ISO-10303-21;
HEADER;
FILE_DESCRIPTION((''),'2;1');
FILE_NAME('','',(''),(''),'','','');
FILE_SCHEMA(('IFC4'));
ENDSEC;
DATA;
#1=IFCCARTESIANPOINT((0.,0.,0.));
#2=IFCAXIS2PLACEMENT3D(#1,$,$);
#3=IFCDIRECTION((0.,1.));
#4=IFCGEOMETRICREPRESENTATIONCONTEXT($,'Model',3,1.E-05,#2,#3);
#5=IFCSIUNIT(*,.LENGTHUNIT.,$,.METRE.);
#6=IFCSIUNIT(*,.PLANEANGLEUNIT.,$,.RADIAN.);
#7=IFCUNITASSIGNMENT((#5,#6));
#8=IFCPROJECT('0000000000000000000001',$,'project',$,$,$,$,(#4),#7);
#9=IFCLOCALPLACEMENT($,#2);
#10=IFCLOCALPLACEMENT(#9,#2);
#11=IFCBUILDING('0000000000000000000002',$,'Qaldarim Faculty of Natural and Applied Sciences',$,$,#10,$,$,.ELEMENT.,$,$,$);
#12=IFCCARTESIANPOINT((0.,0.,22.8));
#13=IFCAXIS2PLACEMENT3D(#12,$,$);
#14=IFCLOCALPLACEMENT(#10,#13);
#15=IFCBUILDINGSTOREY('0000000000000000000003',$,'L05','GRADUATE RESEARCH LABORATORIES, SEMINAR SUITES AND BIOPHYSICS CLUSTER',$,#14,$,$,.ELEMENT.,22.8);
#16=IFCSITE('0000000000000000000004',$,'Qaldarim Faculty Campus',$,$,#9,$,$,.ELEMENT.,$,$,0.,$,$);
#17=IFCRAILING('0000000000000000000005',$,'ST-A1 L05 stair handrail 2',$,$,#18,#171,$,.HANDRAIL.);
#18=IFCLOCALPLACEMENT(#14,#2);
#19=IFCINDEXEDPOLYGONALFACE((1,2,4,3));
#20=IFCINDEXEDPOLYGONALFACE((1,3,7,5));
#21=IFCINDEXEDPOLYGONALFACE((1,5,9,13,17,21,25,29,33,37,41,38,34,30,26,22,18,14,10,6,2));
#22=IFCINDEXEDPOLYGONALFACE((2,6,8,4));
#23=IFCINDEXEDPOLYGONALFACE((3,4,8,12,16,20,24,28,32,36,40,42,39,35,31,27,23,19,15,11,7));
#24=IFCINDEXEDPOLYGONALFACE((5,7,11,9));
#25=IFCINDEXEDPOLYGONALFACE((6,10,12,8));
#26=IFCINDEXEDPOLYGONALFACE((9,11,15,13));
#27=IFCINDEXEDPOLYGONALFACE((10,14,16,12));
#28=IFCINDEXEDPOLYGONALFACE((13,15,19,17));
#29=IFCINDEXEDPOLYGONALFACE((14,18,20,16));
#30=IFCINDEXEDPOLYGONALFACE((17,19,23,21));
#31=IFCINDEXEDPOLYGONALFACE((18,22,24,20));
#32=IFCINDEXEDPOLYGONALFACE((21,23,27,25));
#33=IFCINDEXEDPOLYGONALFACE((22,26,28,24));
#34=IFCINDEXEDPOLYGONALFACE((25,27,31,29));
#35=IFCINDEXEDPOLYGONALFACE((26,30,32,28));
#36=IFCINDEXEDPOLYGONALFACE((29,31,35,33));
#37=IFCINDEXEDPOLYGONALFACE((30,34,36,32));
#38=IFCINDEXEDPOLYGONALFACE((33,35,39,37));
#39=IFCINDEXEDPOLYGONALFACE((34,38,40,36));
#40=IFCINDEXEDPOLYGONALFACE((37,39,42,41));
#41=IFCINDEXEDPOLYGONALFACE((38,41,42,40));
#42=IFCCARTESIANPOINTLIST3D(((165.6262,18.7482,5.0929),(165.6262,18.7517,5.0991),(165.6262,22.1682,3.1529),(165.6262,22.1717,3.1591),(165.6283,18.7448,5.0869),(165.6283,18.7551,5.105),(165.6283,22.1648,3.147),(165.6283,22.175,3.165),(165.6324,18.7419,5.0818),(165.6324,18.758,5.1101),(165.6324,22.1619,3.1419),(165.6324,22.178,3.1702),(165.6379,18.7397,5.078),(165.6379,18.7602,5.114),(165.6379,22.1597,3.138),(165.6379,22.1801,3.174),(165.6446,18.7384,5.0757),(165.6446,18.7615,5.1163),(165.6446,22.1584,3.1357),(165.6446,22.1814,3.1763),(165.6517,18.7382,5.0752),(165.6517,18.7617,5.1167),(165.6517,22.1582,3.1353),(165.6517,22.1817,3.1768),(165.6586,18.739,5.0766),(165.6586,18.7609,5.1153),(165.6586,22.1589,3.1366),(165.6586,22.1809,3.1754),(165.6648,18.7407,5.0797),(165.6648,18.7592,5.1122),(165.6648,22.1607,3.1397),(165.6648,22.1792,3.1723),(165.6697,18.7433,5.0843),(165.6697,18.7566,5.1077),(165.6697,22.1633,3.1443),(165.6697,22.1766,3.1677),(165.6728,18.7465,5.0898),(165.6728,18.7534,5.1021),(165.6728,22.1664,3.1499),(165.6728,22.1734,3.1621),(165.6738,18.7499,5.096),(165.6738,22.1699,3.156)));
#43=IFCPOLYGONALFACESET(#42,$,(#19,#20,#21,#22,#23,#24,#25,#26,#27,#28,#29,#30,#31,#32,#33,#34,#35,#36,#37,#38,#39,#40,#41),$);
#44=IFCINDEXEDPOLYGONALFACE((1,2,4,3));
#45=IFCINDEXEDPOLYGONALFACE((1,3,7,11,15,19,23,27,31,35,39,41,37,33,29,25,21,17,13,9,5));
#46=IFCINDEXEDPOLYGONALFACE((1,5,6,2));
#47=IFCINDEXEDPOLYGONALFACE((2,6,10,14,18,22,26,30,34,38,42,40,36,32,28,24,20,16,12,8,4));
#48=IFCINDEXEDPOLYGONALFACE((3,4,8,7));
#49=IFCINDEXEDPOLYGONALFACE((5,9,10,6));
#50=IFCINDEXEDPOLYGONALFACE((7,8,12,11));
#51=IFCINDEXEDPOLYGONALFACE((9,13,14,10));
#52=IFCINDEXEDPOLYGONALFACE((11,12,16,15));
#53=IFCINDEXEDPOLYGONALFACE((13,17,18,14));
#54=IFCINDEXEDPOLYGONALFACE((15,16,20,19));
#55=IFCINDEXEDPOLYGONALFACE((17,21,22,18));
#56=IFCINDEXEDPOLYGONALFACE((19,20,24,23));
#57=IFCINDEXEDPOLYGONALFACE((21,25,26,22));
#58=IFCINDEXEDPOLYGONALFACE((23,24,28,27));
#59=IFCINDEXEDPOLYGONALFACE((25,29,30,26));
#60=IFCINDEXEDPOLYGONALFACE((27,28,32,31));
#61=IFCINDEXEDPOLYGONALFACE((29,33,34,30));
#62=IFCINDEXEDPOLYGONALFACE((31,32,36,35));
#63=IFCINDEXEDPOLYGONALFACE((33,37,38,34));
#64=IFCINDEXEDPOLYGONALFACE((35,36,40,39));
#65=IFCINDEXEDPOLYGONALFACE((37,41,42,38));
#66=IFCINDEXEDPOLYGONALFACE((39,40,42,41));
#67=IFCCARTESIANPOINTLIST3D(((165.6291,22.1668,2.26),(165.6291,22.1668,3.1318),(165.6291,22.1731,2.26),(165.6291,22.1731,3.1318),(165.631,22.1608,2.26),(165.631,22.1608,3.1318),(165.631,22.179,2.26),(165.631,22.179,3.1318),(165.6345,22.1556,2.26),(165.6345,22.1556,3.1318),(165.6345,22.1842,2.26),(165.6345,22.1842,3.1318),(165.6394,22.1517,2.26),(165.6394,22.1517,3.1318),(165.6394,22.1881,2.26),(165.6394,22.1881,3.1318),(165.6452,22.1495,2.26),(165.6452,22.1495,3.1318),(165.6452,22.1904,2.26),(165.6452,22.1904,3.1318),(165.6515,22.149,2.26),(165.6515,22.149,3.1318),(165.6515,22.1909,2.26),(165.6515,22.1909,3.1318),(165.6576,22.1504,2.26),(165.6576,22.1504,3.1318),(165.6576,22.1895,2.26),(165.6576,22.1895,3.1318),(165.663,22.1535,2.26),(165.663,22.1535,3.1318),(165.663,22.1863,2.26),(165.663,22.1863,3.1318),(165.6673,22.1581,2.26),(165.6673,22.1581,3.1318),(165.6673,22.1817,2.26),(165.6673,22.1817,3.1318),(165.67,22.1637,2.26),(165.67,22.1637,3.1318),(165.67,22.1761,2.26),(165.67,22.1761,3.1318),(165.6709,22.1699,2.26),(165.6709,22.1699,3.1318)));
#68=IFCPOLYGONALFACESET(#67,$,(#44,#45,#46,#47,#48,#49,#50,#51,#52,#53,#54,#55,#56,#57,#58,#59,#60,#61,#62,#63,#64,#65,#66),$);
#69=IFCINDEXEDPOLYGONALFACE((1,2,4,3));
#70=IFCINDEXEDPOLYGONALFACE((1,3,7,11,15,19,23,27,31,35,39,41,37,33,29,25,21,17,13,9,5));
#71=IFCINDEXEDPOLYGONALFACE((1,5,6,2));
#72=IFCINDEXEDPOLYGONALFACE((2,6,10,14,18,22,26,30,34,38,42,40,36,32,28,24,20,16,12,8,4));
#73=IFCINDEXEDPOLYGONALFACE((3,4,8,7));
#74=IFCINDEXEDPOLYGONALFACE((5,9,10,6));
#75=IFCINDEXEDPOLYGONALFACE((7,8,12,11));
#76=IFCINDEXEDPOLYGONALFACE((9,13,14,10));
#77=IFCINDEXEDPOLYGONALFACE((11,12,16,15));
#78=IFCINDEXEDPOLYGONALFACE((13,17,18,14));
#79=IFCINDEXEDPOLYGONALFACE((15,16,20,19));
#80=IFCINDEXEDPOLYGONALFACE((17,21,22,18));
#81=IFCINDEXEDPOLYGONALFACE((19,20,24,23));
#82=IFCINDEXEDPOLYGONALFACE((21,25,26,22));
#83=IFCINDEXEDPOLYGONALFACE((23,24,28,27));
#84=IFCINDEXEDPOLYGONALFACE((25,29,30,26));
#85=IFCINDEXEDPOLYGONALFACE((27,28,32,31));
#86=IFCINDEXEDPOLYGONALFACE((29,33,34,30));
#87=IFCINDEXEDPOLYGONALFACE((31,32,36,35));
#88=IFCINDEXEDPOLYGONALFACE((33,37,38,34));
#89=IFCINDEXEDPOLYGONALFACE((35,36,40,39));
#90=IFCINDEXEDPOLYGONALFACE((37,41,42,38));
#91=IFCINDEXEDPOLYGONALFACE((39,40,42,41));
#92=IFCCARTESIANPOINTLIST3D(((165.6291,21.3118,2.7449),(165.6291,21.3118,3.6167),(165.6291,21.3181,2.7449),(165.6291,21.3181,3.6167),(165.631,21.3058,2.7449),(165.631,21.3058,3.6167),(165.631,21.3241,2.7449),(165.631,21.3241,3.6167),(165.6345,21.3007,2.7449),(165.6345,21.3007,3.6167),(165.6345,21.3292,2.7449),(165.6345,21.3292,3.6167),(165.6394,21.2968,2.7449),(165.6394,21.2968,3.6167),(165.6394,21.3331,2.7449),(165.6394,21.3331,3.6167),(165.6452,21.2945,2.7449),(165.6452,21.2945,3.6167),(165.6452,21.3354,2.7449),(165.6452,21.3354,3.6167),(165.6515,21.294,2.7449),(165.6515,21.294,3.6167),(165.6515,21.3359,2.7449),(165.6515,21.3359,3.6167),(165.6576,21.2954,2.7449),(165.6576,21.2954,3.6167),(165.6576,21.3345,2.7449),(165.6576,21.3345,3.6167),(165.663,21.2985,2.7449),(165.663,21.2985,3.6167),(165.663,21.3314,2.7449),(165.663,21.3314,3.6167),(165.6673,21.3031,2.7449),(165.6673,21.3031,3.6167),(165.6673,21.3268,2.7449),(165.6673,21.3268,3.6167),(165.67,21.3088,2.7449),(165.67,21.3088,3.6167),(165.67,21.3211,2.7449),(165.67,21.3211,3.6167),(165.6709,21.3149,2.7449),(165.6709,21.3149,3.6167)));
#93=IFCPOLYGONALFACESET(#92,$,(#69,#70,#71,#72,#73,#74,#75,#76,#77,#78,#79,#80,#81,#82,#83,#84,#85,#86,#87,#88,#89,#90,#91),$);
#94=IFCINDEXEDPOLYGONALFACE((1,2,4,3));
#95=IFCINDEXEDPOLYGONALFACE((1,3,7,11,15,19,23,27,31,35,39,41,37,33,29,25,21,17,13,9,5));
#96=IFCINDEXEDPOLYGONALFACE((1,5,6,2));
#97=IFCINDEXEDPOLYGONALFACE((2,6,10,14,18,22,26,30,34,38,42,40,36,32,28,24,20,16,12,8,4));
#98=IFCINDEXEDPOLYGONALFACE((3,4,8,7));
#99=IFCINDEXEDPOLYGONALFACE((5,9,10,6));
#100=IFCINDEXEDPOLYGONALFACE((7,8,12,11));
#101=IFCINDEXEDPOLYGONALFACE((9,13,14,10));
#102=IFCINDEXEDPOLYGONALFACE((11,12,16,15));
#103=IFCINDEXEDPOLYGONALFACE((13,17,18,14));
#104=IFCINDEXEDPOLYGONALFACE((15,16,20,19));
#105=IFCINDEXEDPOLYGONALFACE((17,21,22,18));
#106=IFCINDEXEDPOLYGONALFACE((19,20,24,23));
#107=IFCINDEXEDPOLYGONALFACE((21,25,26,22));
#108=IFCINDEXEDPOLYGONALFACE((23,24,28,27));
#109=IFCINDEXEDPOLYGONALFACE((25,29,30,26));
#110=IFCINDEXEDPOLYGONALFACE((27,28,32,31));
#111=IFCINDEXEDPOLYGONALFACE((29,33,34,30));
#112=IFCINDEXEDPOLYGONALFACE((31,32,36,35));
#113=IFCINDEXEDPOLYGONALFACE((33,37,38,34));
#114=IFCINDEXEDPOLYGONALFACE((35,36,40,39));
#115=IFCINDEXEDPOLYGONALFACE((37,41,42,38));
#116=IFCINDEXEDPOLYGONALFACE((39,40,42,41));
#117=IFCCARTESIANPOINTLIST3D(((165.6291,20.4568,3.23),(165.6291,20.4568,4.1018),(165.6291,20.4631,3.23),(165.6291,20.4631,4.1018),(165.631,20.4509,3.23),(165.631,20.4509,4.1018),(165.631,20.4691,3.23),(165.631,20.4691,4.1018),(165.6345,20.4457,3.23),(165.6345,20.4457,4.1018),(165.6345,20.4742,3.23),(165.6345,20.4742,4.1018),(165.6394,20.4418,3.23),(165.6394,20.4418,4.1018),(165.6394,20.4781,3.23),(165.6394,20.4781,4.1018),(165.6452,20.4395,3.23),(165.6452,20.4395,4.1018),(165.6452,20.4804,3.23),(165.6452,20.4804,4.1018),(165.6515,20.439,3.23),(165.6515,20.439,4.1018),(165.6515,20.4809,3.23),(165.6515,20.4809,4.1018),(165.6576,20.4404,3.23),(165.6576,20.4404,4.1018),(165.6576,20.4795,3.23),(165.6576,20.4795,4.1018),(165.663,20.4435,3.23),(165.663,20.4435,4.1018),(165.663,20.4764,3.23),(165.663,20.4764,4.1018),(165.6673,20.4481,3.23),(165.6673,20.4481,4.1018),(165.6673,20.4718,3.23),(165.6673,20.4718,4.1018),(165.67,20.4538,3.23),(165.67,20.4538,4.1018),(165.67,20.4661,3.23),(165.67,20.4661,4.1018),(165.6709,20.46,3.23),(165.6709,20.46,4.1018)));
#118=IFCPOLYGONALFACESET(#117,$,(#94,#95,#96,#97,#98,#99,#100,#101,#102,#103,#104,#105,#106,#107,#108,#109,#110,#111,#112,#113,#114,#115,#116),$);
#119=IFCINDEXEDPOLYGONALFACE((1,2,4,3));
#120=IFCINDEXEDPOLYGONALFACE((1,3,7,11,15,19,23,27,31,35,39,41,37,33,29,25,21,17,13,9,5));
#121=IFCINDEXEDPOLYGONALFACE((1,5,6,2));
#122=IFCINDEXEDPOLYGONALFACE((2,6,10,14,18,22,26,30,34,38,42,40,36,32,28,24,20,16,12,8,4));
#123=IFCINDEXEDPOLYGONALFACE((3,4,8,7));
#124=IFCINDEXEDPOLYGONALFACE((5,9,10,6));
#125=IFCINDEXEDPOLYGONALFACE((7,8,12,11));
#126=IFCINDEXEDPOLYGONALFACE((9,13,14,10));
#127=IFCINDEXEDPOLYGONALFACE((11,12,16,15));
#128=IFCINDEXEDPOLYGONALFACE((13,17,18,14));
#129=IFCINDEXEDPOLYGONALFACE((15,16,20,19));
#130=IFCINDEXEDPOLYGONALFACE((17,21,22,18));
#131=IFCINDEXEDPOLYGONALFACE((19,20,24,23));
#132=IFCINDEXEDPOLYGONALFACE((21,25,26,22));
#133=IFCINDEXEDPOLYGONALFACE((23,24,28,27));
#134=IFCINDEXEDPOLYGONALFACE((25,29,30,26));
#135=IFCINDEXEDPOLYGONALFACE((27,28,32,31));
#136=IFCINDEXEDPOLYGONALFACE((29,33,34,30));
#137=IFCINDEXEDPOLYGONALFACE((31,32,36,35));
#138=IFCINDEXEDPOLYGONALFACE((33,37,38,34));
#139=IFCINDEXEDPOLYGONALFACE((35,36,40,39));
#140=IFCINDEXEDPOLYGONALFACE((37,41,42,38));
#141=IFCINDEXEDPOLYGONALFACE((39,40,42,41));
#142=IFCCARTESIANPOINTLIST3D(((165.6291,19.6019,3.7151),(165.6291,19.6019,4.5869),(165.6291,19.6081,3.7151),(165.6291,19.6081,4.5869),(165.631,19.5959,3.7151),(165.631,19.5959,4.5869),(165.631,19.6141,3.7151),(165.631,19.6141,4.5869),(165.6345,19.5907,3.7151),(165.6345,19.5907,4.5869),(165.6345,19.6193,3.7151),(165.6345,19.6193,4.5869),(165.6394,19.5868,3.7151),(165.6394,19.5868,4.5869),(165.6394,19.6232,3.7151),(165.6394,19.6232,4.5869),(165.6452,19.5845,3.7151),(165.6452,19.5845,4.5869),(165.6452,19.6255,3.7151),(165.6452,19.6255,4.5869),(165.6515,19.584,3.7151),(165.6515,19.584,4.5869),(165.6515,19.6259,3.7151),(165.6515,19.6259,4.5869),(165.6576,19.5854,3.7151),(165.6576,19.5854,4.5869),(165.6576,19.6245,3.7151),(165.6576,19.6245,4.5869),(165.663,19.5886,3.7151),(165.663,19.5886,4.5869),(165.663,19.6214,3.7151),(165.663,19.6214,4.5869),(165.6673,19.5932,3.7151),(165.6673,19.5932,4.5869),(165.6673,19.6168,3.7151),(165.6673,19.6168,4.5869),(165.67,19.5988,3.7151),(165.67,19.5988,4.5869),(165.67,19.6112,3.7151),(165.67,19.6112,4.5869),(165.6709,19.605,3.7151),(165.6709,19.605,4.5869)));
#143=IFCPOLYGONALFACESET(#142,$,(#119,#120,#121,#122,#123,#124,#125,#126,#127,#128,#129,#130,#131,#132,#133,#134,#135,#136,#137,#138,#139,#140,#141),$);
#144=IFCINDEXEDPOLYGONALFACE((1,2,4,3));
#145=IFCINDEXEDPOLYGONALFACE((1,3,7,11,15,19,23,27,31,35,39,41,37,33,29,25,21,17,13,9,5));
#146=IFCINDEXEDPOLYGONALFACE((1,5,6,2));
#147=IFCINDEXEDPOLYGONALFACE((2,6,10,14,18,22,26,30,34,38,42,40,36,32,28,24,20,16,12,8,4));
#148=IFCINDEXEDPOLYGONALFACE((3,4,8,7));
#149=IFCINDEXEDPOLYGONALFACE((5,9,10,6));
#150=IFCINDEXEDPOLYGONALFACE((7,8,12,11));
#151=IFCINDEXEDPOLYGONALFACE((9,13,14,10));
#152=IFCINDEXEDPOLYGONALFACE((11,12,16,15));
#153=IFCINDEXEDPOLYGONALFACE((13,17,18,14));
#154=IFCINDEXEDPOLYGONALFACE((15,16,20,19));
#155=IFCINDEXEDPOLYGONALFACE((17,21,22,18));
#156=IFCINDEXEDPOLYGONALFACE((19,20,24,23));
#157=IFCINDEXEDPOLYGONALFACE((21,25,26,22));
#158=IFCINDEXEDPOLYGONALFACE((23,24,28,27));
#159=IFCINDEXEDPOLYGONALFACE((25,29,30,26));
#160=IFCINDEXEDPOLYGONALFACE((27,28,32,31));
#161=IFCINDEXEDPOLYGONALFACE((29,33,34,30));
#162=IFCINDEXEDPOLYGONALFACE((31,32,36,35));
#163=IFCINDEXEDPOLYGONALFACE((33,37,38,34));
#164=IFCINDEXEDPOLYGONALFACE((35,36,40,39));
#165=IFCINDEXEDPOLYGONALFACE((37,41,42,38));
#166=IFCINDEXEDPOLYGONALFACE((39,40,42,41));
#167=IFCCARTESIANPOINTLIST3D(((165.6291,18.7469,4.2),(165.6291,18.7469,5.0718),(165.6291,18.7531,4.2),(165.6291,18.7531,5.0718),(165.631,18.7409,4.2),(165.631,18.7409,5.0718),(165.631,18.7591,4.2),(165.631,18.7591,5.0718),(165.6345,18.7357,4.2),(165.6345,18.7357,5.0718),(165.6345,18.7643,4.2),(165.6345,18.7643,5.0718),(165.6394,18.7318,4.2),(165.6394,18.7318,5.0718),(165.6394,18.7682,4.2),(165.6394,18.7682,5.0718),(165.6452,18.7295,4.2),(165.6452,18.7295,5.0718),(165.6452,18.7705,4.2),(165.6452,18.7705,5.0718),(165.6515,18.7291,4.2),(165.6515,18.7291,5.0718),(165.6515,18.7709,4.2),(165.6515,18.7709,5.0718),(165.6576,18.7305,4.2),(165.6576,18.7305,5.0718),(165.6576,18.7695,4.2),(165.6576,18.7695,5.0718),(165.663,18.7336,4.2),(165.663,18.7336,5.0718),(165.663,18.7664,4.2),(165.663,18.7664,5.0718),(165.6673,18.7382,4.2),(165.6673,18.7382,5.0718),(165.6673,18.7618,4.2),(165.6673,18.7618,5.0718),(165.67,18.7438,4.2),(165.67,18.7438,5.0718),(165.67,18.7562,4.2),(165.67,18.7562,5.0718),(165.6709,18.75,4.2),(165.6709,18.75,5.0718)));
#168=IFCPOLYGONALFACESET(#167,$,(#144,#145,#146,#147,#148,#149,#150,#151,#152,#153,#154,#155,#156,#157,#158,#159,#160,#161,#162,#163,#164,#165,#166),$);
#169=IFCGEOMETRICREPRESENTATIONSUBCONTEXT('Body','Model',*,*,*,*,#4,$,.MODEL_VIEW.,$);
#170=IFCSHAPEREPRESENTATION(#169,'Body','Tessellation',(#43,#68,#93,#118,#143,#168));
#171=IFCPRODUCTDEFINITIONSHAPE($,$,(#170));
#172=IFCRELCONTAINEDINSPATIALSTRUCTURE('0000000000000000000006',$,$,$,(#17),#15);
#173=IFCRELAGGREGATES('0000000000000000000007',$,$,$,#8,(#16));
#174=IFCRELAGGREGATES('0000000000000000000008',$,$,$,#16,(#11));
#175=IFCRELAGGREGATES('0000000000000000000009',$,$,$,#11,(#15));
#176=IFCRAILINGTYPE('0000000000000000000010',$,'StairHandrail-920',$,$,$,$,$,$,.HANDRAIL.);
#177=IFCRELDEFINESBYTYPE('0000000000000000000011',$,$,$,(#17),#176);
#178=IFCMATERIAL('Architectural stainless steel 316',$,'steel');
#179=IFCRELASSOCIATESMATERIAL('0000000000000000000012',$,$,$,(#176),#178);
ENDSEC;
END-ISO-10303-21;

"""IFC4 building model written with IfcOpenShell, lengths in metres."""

from ifc_helpers import new_model, si_unit, direction, frame, origin, origin_2d, place, context, subcontext, project, spatial, circle, extrude, material, type_object, element, save


model = new_model("IFC4")

# Units and contexts
model_context = context("Model", 3, precision=1e-05, world=origin(), true_north=direction((0.0, 1.0)))
body_context = subcontext(model_context, "Body", "Model", "MODEL_VIEW")
ifc_project = project(units=[si_unit("LENGTHUNIT", "METRE"), si_unit("PLANEANGLEUNIT", "RADIAN")], contexts=[model_context])

# Site, building, storey
site_placement = place(None, origin())
site = spatial("IfcSite", under=ifc_project, at=site_placement, Name="Qaldarim Faculty Campus", CompositionType="ELEMENT", RefElevation=0.0)
building_placement = place(site_placement, origin())
building = spatial("IfcBuilding", under=site, at=building_placement, Name="Qaldarim Faculty of Natural and Applied Sciences", CompositionType="ELEMENT")
storey_placement = place(building_placement, frame((0.0, 0.0, 22.8)))
storey = spatial("IfcBuildingStorey", under=building, at=storey_placement, Name="L05", Description="GRADUATE RESEARCH LABORATORIES, SEMINAR SUITES AND BIOPHYSICS CLUSTER", CompositionType="ELEMENT", Elevation=22.8)

# Shared definitions
ifc_material_1 = material(Name="Architectural stainless steel 316", Category="steel")

# Railing
railing_type_1 = type_object("IfcRailingType", Name="StairHandrail-920", PredefinedType="HANDRAIL", material=ifc_material_1)
railing_1_placement = place(storey_placement, frame((165.6499, 22.1699, 2.26)))
element("IfcRailing", 1, at=railing_1_placement, inside=storey, type_object=railing_type_1, Name="ST-A1 L05 stair handrail 2", PredefinedType="HANDRAIL", context=body_context, shape_type="SweptSolid", body=[
    extrude(circle(Radius=0.0239, at=origin_2d()), frame((0.0, 0.0, 0.896), z_axis=(0.0, -0.869805, 0.493395), x_axis=(1.0, 0.0, 0.0)), (0.0, 0.0, 1.0), 3.9319),
    extrude(circle(Radius=0.021, at=origin_2d()), origin(), (0.0, 0.0, 1.0), 0.8718),
    extrude(circle(Radius=0.021, at=origin_2d()), frame((0.0, -0.855, 0.4849)), (0.0, 0.0, 1.0), 0.8718),
    extrude(circle(Radius=0.021, at=origin_2d()), frame((0.0, -1.71, 0.97)), (0.0, 0.0, 1.0), 0.8718),
    extrude(circle(Radius=0.021, at=origin_2d()), frame((0.0, -2.5649, 1.4551)), (0.0, 0.0, 1.0), 0.8718),
    extrude(circle(Radius=0.021, at=origin_2d()), frame((0.0, -3.4199, 1.9399)), (0.0, 0.0, 1.0), 0.8718),
])

save(model, "model.ifc")
